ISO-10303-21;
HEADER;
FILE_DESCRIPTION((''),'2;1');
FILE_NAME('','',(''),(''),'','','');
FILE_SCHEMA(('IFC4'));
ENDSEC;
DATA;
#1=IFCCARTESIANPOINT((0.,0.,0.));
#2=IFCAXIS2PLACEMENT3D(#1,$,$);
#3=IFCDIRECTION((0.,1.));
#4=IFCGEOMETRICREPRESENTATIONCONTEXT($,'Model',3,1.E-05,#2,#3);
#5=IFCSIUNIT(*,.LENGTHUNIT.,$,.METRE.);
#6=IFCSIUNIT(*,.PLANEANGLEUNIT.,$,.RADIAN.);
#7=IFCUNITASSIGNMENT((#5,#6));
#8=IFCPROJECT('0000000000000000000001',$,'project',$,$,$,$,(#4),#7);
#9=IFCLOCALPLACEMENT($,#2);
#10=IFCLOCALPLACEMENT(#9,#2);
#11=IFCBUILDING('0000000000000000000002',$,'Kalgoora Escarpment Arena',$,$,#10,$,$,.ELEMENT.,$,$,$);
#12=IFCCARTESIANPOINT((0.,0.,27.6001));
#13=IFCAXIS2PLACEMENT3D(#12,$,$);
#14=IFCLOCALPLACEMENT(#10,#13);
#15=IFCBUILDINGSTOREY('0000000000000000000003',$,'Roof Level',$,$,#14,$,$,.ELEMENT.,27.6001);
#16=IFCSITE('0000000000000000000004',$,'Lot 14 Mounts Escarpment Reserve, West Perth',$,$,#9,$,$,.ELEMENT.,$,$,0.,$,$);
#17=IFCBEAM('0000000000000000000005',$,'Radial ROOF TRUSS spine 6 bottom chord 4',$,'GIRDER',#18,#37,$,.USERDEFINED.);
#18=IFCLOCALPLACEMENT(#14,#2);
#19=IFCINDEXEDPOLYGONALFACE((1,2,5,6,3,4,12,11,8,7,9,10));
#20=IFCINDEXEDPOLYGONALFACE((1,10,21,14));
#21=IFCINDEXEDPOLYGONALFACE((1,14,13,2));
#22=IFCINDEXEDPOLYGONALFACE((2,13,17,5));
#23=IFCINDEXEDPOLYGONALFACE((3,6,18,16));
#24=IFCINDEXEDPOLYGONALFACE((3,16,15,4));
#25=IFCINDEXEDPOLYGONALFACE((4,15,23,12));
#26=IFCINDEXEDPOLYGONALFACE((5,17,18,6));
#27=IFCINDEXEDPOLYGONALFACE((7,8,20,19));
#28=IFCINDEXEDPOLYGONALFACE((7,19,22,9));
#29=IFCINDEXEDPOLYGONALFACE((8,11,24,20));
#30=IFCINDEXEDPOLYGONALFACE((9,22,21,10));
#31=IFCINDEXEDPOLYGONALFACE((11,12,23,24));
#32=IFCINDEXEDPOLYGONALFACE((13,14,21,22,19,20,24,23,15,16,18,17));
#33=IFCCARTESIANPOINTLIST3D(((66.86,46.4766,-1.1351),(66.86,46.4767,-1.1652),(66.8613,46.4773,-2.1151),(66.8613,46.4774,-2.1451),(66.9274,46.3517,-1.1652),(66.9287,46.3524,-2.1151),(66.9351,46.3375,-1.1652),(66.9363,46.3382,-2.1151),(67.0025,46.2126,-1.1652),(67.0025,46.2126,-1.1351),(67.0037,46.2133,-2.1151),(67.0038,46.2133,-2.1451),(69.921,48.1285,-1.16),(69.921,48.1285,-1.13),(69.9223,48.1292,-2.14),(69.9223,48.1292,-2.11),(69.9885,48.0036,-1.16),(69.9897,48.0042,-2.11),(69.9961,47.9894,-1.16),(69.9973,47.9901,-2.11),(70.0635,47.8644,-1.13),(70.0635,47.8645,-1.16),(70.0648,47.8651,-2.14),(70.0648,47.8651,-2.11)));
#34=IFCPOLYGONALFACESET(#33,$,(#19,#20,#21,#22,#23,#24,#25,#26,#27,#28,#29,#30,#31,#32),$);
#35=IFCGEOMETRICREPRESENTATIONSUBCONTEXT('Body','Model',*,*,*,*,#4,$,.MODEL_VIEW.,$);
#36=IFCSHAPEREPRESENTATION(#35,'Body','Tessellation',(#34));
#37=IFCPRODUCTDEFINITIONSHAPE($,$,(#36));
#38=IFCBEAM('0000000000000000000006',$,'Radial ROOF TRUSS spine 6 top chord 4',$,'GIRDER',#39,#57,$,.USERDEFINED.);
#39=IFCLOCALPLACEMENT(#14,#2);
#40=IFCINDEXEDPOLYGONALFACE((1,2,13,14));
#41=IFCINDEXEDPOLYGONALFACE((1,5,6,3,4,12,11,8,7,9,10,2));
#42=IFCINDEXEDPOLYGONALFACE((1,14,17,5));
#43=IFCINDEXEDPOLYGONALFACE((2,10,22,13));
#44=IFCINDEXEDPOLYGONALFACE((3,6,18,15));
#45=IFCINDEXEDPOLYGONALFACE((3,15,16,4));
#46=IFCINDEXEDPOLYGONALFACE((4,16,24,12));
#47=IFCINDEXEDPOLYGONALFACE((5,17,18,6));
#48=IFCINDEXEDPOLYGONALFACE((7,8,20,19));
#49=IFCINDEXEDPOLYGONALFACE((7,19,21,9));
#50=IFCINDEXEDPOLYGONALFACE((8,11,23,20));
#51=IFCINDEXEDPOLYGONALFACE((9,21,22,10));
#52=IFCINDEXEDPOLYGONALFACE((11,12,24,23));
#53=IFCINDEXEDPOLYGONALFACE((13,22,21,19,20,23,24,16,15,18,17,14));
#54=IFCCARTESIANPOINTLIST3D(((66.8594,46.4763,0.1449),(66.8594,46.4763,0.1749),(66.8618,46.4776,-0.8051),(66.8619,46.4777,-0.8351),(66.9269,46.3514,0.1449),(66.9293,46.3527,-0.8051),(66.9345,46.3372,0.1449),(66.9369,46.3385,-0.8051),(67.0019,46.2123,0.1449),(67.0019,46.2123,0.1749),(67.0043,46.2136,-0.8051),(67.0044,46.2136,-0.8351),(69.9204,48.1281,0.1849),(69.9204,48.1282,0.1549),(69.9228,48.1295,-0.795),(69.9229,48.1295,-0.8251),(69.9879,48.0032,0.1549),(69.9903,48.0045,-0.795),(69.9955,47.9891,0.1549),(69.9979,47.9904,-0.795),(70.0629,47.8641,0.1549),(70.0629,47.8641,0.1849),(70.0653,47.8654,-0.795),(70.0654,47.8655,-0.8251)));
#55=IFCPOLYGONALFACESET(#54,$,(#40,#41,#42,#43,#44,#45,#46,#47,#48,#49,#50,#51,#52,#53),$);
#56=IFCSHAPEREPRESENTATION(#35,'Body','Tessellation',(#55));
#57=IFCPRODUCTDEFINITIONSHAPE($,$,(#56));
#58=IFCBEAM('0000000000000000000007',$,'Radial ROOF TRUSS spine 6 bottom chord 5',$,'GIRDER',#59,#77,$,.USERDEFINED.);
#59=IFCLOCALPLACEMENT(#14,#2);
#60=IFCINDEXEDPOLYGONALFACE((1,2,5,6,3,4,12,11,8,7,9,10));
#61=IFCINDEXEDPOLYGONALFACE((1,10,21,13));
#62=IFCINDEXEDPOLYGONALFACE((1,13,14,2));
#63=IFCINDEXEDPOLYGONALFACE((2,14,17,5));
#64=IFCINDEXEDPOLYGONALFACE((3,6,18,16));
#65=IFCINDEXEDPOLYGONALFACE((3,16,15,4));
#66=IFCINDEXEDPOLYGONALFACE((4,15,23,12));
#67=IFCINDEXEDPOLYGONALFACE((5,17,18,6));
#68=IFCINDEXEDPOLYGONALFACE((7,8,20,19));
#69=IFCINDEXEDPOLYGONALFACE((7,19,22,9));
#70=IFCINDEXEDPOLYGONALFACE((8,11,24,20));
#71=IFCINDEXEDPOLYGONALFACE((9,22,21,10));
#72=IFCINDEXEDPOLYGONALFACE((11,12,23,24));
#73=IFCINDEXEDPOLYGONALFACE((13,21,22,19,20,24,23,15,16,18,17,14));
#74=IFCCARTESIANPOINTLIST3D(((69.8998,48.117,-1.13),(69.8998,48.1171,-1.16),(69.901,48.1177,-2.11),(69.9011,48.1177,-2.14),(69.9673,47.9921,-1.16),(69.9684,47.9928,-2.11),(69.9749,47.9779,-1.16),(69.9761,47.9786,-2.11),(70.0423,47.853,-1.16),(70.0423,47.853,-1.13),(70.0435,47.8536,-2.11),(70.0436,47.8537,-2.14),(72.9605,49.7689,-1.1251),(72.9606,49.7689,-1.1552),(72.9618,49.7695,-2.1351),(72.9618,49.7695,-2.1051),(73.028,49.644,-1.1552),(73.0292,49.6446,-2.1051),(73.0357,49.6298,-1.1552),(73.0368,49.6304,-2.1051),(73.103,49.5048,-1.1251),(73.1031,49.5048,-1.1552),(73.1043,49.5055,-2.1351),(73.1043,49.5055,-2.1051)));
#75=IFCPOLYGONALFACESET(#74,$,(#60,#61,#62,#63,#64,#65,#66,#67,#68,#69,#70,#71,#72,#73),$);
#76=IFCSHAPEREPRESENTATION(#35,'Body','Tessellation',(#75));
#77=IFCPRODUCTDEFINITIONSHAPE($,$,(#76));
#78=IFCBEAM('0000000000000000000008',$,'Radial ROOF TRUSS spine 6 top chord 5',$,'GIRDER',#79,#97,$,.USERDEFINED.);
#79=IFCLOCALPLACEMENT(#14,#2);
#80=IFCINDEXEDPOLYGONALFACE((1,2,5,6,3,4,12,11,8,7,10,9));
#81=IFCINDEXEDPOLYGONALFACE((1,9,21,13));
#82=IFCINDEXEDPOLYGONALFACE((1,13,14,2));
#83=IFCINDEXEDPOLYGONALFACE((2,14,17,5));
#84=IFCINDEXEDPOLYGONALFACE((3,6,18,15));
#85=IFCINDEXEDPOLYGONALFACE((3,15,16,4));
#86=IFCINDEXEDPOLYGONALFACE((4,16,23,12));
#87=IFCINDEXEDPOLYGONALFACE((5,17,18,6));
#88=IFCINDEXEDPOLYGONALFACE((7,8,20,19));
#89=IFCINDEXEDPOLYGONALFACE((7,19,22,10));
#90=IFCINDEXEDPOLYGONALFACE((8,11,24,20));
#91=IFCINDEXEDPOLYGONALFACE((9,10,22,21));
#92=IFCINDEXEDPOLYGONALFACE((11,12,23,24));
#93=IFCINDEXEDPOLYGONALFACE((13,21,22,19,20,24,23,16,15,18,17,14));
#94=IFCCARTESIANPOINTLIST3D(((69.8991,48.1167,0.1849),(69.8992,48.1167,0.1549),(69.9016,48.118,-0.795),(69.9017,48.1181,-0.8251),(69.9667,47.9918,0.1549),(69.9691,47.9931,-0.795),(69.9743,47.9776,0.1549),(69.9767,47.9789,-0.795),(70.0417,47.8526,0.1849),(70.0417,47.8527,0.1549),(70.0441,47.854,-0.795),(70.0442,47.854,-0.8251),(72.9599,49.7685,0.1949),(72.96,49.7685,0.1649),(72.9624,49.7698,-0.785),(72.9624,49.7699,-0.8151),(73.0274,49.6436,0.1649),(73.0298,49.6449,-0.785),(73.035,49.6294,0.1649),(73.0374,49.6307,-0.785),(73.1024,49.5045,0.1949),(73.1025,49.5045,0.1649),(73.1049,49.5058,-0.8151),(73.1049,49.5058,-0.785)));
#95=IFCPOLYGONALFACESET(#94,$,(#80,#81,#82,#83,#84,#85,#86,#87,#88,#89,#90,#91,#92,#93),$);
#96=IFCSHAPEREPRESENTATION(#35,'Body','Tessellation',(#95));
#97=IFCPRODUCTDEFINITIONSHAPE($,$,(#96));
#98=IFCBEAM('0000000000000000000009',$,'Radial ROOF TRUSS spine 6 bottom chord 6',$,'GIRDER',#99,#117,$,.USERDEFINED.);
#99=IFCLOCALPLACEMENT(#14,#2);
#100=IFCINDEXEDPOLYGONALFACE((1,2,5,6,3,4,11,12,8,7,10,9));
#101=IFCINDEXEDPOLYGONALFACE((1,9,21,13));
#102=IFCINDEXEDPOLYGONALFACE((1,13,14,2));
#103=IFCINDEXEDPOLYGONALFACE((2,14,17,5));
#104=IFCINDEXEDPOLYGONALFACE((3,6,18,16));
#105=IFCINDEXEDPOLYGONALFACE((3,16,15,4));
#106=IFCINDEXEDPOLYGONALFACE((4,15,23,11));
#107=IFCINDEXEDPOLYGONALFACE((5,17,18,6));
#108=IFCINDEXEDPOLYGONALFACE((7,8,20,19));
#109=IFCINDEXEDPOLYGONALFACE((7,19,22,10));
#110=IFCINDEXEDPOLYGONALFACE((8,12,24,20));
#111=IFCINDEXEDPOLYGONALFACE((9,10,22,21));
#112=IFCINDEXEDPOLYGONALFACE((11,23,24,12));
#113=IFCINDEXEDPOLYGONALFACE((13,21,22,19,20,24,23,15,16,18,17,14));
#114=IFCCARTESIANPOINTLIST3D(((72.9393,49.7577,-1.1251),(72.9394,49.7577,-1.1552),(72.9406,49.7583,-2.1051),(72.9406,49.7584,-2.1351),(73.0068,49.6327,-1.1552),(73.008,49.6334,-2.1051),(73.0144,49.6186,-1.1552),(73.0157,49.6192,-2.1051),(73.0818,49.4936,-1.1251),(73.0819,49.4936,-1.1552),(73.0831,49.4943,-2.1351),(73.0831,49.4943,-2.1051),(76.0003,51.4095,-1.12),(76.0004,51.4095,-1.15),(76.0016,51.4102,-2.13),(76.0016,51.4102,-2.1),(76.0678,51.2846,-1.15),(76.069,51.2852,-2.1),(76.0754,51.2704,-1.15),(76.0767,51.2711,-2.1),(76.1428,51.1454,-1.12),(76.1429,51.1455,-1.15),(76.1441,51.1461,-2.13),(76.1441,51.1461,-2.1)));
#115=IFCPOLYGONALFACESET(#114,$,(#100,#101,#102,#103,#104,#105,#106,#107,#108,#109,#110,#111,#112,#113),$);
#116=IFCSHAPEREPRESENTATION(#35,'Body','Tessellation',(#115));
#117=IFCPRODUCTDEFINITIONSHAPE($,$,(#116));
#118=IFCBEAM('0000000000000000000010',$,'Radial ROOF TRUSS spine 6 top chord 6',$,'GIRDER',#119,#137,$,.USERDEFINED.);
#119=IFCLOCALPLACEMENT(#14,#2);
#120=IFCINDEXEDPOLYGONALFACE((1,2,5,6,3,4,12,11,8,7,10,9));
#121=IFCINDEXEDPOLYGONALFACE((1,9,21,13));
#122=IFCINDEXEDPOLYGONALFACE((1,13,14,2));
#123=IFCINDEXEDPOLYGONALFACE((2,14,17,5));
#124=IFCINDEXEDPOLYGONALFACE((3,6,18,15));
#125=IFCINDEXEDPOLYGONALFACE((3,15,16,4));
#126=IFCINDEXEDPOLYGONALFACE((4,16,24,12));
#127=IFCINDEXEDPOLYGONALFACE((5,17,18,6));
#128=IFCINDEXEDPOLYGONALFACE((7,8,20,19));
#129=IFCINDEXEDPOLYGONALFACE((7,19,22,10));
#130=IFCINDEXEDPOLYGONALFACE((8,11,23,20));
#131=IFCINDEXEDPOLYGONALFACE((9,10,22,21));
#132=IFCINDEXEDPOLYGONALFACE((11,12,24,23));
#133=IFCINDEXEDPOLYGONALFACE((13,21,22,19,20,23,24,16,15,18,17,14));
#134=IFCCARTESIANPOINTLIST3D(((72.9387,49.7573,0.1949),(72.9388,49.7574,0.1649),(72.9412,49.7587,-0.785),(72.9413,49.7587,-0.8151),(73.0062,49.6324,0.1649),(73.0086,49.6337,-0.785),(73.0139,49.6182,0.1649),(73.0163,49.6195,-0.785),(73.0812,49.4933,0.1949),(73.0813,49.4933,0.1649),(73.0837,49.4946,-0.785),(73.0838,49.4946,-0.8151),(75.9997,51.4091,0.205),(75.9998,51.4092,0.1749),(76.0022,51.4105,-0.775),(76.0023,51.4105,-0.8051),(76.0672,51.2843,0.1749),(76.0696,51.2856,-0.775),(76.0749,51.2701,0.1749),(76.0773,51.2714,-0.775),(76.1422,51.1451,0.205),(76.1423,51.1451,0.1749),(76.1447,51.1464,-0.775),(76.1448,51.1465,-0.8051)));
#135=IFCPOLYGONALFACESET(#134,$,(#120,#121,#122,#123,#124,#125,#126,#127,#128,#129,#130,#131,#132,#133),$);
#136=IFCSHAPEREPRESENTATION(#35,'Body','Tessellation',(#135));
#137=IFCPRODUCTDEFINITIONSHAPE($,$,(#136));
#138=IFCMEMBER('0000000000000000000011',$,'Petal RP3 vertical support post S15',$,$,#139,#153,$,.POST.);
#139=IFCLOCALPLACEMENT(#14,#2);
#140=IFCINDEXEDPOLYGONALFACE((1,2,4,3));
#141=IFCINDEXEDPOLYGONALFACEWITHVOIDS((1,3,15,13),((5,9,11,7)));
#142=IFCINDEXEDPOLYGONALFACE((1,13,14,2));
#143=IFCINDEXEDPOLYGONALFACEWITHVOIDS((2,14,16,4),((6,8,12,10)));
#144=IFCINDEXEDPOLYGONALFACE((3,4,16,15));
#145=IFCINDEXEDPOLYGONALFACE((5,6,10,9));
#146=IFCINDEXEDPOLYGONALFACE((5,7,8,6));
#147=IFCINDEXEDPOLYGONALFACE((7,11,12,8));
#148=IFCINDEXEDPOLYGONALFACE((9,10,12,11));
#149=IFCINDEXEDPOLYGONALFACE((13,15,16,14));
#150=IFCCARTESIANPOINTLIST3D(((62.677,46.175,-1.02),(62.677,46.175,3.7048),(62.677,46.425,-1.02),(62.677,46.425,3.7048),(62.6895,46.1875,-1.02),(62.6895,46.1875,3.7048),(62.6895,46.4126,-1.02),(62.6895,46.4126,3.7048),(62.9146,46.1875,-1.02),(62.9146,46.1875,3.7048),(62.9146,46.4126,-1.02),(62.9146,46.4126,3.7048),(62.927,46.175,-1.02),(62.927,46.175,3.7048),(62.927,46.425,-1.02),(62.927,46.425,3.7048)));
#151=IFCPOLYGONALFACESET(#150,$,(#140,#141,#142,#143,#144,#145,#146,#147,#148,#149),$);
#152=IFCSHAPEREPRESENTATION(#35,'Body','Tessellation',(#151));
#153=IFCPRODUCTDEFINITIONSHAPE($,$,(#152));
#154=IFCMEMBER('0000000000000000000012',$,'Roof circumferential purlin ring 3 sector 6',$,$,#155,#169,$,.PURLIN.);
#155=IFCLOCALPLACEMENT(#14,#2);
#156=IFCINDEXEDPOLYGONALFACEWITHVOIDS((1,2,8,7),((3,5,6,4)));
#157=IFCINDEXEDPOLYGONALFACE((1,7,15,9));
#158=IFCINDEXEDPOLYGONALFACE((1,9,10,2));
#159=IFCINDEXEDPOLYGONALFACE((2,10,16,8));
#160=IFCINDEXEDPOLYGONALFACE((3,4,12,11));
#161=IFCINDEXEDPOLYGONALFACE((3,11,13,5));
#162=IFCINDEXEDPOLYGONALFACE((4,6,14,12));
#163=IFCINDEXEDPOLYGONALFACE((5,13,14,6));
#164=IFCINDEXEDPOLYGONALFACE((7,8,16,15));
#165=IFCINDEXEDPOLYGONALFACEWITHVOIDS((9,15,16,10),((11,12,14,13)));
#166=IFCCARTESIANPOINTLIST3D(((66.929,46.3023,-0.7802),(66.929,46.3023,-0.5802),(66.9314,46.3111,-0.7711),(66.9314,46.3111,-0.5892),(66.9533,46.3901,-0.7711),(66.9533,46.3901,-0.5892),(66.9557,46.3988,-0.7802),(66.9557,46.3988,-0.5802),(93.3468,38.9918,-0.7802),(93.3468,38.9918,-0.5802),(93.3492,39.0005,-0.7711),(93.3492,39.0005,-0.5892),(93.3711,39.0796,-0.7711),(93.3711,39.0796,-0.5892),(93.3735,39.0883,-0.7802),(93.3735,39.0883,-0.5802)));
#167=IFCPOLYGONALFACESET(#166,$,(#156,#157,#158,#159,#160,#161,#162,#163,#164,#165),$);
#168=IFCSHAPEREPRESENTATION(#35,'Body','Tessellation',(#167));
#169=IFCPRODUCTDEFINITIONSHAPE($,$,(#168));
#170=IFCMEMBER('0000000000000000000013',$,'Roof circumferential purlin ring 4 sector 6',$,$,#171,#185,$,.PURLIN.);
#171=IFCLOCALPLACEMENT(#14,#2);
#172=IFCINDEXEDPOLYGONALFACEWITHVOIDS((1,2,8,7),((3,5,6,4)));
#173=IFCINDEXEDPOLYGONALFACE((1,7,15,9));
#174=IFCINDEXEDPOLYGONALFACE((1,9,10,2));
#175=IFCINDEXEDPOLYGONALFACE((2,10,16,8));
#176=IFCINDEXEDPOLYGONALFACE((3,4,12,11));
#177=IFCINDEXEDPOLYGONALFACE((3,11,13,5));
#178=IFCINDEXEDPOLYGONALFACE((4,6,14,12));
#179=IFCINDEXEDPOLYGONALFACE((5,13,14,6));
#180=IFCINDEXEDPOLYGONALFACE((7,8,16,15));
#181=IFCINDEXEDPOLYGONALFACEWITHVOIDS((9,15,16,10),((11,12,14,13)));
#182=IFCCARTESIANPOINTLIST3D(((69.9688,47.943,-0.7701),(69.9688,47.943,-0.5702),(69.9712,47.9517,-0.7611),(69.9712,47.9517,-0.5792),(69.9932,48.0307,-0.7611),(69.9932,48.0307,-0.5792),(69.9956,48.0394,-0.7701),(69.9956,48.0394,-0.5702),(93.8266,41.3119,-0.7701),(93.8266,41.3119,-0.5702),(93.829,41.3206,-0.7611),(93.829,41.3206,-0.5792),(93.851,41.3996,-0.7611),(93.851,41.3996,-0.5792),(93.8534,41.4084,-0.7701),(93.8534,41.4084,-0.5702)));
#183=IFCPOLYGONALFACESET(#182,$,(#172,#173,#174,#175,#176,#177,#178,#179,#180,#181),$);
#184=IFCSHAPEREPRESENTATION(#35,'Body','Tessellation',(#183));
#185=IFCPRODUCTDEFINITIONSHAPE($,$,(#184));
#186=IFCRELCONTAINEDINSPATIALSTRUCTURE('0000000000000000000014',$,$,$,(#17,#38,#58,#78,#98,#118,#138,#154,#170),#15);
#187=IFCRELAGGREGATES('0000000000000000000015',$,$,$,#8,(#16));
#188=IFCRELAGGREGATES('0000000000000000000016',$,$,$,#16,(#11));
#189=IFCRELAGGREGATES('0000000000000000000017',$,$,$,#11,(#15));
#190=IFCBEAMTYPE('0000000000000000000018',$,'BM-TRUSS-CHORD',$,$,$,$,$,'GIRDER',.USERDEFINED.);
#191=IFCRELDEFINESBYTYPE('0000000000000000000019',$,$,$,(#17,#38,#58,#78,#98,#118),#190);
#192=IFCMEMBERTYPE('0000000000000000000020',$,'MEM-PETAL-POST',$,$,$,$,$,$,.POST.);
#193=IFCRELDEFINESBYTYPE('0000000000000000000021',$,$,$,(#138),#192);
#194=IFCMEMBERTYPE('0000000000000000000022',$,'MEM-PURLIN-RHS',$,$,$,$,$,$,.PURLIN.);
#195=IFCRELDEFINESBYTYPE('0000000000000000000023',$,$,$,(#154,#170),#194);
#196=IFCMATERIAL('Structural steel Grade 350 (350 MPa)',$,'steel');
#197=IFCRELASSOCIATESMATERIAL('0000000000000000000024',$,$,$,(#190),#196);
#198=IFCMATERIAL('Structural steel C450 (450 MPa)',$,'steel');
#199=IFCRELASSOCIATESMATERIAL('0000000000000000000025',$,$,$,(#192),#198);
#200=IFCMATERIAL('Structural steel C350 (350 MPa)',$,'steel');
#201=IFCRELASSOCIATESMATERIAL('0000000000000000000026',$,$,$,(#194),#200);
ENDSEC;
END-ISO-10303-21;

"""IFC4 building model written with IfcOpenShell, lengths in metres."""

from ifc_helpers import new_model, si_unit, direction, frame, origin, origin_2d, place, context, subcontext, project, spatial, hollow_rectangle, i_section, extrude, material, material_profile, profile_set, type_object, element, save


model = new_model("IFC4")

# Units and contexts
model_context = context("Model", 3, precision=1e-05, world=origin(), true_north=direction((0.0, 1.0)))
body_context = subcontext(model_context, "Body", "Model", "MODEL_VIEW")
ifc_project = project(units=[si_unit("LENGTHUNIT", "METRE"), si_unit("PLANEANGLEUNIT", "RADIAN")], contexts=[model_context])

# Site, building, storey
site_placement = place(None, origin())
site = spatial("IfcSite", under=ifc_project, at=site_placement, Name="Lot 14 Mounts Escarpment Reserve, West Perth", CompositionType="ELEMENT", RefElevation=0.0)
building_placement = place(site_placement, origin())
building = spatial("IfcBuilding", under=site, at=building_placement, Name="Kalgoora Escarpment Arena", CompositionType="ELEMENT")
storey_placement = place(building_placement, frame((0.0, 0.0, 27.6001)))
storey = spatial("IfcBuildingStorey", under=building, at=storey_placement, Name="Roof Level", CompositionType="ELEMENT", Elevation=27.6001)

# Beams
ifc_material_1 = material(Name="Structural steel Grade 350 (350 MPa)", Category="steel")
ifc_material_profile_1 = material_profile(ifc_material_1, i_section(OverallWidth=0.3, OverallDepth=1.01, WebThickness=0.0161, FlangeThickness=0.03, at=origin_2d()))
ifc_profile_set_1 = profile_set([ifc_material_profile_1], Name="Structural steel Grade 350 (350 MPa)")
beam_type = type_object("IfcBeamType", Name="BM-TRUSS-CHORD", ElementType="GIRDER", PredefinedType="USERDEFINED", material=ifc_profile_set_1)
for number, where, z_axis, x_axis, name in (
    (1, (66.9319, 46.345, -1.6401), (0.880037, 0.474903, 0.001474), (-0.474903, 0.880038, 0.0), "Radial ROOF TRUSS spine 6 bottom chord 4"),
    (2, (66.9319, 46.345, -0.3301), (0.880034, 0.474901, 0.002878), (-0.474903, 0.880038, 0.0), "Radial ROOF TRUSS spine 6 top chord 4"),
):
    element("IfcBeam", number, at=place(storey_placement, frame(where, z_axis=z_axis, x_axis=x_axis)), inside=storey, type_object=beam_type, Name=name, ObjectType="GIRDER", PredefinedType="USERDEFINED", context=body_context, shape_type="SweptSolid", body=[
        extrude(i_section(OverallWidth=0.3, OverallDepth=1.01, WebThickness=0.0161, FlangeThickness=0.03, at=origin_2d()), origin(), (0.0, 0.0, 1.0), 3.4783),
    ])
for number, where, z_axis, x_axis, name in (
    (3, (69.9717, 47.9854, -1.635), (0.880021, 0.474932, 0.001404), (-0.474933, 0.880022, 0.0), "Radial ROOF TRUSS spine 6 bottom chord 5"),
    (4, (69.9717, 47.9854, -0.3201), (0.880019, 0.474931, 0.002878), (-0.474933, 0.880022, 0.0), "Radial ROOF TRUSS spine 6 top chord 5"),
):
    element("IfcBeam", number, at=place(storey_placement, frame(where, z_axis=z_axis, x_axis=x_axis)), inside=storey, type_object=beam_type, Name=name, ObjectType="GIRDER", PredefinedType="USERDEFINED", context=body_context, shape_type="SweptSolid", body=[
        extrude(i_section(OverallWidth=0.3, OverallDepth=1.01, WebThickness=0.0161, FlangeThickness=0.03, at=origin_2d()), origin(), (0.0, 0.0, 1.0), 3.478),
    ])
for number, where, z_axis, x_axis, name in (
    (5, (73.0112, 49.626, -1.6301), (0.880037, 0.474903, 0.001474), (-0.474903, 0.880038, 0.0), "Radial ROOF TRUSS spine 6 bottom chord 6"),
    (6, (73.0112, 49.626, -0.3101), (0.880034, 0.474901, 0.002878), (-0.474903, 0.880038, 0.0), "Radial ROOF TRUSS spine 6 top chord 6"),
):
    element("IfcBeam", number, at=place(storey_placement, frame(where, z_axis=z_axis, x_axis=x_axis)), inside=storey, type_object=beam_type, Name=name, ObjectType="GIRDER", PredefinedType="USERDEFINED", context=body_context, shape_type="SweptSolid", body=[
        extrude(i_section(OverallWidth=0.3, OverallDepth=1.01, WebThickness=0.0161, FlangeThickness=0.03, at=origin_2d()), origin(), (0.0, 0.0, 1.0), 3.4783),
    ])

# Members
ifc_material_2 = material(Name="Structural steel C450 (450 MPa)", Category="steel")
ifc_material_profile_2 = material_profile(ifc_material_2, hollow_rectangle(XDim=0.25, YDim=0.25, WallThickness=0.0125, at=origin_2d()))
ifc_profile_set_2 = profile_set([ifc_material_profile_2], Name="Structural steel C450 (450 MPa)")
member_type_1 = type_object("IfcMemberType", Name="MEM-PETAL-POST", PredefinedType="POST", material=ifc_profile_set_2)
member_1_placement = place(storey_placement, frame((62.802, 46.3, -1.02), z_axis=(0.0, 0.0, 1.0), x_axis=(1.0, 0.0, 0.0)))
element("IfcMember", 7, at=member_1_placement, inside=storey, type_object=member_type_1, Name="Petal RP3 vertical support post S15", PredefinedType="POST", context=body_context, shape_type="SweptSolid", body=[
    extrude(hollow_rectangle(XDim=0.25, YDim=0.25, WallThickness=0.0125, at=origin_2d()), origin(), (0.0, 0.0, 1.0), 4.7249),
])
ifc_material_3 = material(Name="Structural steel C350 (350 MPa)", Category="steel")
ifc_material_profile_3 = material_profile(ifc_material_3, hollow_rectangle(XDim=0.1001, YDim=0.2, WallThickness=0.009, at=origin_2d()))
ifc_profile_set_3 = profile_set([ifc_material_profile_3], Name="Structural steel C350 (350 MPa)")
member_type_2 = type_object("IfcMemberType", Name="MEM-PURLIN-RHS", PredefinedType="PURLIN", material=ifc_profile_set_3)
member_2_placement = place(storey_placement, frame((66.9424, 46.3506, -0.6802), z_axis=(0.963778, -0.266705, 0.0), x_axis=(0.266705, 0.963778, 0.0)))
element("IfcMember", 8, at=member_2_placement, inside=storey, type_object=member_type_2, Name="Roof circumferential purlin ring 3 sector 6", PredefinedType="PURLIN", context=body_context, shape_type="SweptSolid", body=[
    extrude(hollow_rectangle(XDim=0.1001, YDim=0.2, WallThickness=0.009, at=origin_2d()), origin(), (0.0, 0.0, 1.0), 27.4106),
])
member_3_placement = place(storey_placement, frame((69.9822, 47.9912, -0.6702), z_axis=(0.963477, -0.26779, 0.0), x_axis=(0.26779, 0.963477, 0.0)))
element("IfcMember", 9, at=member_3_placement, inside=storey, type_object=member_type_2, Name="Roof circumferential purlin ring 4 sector 6", PredefinedType="PURLIN", context=body_context, shape_type="SweptSolid", body=[
    extrude(hollow_rectangle(XDim=0.1001, YDim=0.2, WallThickness=0.009, at=origin_2d()), origin(), (0.0, 0.0, 1.0), 24.7622),
])

save(model, "model.ifc")
